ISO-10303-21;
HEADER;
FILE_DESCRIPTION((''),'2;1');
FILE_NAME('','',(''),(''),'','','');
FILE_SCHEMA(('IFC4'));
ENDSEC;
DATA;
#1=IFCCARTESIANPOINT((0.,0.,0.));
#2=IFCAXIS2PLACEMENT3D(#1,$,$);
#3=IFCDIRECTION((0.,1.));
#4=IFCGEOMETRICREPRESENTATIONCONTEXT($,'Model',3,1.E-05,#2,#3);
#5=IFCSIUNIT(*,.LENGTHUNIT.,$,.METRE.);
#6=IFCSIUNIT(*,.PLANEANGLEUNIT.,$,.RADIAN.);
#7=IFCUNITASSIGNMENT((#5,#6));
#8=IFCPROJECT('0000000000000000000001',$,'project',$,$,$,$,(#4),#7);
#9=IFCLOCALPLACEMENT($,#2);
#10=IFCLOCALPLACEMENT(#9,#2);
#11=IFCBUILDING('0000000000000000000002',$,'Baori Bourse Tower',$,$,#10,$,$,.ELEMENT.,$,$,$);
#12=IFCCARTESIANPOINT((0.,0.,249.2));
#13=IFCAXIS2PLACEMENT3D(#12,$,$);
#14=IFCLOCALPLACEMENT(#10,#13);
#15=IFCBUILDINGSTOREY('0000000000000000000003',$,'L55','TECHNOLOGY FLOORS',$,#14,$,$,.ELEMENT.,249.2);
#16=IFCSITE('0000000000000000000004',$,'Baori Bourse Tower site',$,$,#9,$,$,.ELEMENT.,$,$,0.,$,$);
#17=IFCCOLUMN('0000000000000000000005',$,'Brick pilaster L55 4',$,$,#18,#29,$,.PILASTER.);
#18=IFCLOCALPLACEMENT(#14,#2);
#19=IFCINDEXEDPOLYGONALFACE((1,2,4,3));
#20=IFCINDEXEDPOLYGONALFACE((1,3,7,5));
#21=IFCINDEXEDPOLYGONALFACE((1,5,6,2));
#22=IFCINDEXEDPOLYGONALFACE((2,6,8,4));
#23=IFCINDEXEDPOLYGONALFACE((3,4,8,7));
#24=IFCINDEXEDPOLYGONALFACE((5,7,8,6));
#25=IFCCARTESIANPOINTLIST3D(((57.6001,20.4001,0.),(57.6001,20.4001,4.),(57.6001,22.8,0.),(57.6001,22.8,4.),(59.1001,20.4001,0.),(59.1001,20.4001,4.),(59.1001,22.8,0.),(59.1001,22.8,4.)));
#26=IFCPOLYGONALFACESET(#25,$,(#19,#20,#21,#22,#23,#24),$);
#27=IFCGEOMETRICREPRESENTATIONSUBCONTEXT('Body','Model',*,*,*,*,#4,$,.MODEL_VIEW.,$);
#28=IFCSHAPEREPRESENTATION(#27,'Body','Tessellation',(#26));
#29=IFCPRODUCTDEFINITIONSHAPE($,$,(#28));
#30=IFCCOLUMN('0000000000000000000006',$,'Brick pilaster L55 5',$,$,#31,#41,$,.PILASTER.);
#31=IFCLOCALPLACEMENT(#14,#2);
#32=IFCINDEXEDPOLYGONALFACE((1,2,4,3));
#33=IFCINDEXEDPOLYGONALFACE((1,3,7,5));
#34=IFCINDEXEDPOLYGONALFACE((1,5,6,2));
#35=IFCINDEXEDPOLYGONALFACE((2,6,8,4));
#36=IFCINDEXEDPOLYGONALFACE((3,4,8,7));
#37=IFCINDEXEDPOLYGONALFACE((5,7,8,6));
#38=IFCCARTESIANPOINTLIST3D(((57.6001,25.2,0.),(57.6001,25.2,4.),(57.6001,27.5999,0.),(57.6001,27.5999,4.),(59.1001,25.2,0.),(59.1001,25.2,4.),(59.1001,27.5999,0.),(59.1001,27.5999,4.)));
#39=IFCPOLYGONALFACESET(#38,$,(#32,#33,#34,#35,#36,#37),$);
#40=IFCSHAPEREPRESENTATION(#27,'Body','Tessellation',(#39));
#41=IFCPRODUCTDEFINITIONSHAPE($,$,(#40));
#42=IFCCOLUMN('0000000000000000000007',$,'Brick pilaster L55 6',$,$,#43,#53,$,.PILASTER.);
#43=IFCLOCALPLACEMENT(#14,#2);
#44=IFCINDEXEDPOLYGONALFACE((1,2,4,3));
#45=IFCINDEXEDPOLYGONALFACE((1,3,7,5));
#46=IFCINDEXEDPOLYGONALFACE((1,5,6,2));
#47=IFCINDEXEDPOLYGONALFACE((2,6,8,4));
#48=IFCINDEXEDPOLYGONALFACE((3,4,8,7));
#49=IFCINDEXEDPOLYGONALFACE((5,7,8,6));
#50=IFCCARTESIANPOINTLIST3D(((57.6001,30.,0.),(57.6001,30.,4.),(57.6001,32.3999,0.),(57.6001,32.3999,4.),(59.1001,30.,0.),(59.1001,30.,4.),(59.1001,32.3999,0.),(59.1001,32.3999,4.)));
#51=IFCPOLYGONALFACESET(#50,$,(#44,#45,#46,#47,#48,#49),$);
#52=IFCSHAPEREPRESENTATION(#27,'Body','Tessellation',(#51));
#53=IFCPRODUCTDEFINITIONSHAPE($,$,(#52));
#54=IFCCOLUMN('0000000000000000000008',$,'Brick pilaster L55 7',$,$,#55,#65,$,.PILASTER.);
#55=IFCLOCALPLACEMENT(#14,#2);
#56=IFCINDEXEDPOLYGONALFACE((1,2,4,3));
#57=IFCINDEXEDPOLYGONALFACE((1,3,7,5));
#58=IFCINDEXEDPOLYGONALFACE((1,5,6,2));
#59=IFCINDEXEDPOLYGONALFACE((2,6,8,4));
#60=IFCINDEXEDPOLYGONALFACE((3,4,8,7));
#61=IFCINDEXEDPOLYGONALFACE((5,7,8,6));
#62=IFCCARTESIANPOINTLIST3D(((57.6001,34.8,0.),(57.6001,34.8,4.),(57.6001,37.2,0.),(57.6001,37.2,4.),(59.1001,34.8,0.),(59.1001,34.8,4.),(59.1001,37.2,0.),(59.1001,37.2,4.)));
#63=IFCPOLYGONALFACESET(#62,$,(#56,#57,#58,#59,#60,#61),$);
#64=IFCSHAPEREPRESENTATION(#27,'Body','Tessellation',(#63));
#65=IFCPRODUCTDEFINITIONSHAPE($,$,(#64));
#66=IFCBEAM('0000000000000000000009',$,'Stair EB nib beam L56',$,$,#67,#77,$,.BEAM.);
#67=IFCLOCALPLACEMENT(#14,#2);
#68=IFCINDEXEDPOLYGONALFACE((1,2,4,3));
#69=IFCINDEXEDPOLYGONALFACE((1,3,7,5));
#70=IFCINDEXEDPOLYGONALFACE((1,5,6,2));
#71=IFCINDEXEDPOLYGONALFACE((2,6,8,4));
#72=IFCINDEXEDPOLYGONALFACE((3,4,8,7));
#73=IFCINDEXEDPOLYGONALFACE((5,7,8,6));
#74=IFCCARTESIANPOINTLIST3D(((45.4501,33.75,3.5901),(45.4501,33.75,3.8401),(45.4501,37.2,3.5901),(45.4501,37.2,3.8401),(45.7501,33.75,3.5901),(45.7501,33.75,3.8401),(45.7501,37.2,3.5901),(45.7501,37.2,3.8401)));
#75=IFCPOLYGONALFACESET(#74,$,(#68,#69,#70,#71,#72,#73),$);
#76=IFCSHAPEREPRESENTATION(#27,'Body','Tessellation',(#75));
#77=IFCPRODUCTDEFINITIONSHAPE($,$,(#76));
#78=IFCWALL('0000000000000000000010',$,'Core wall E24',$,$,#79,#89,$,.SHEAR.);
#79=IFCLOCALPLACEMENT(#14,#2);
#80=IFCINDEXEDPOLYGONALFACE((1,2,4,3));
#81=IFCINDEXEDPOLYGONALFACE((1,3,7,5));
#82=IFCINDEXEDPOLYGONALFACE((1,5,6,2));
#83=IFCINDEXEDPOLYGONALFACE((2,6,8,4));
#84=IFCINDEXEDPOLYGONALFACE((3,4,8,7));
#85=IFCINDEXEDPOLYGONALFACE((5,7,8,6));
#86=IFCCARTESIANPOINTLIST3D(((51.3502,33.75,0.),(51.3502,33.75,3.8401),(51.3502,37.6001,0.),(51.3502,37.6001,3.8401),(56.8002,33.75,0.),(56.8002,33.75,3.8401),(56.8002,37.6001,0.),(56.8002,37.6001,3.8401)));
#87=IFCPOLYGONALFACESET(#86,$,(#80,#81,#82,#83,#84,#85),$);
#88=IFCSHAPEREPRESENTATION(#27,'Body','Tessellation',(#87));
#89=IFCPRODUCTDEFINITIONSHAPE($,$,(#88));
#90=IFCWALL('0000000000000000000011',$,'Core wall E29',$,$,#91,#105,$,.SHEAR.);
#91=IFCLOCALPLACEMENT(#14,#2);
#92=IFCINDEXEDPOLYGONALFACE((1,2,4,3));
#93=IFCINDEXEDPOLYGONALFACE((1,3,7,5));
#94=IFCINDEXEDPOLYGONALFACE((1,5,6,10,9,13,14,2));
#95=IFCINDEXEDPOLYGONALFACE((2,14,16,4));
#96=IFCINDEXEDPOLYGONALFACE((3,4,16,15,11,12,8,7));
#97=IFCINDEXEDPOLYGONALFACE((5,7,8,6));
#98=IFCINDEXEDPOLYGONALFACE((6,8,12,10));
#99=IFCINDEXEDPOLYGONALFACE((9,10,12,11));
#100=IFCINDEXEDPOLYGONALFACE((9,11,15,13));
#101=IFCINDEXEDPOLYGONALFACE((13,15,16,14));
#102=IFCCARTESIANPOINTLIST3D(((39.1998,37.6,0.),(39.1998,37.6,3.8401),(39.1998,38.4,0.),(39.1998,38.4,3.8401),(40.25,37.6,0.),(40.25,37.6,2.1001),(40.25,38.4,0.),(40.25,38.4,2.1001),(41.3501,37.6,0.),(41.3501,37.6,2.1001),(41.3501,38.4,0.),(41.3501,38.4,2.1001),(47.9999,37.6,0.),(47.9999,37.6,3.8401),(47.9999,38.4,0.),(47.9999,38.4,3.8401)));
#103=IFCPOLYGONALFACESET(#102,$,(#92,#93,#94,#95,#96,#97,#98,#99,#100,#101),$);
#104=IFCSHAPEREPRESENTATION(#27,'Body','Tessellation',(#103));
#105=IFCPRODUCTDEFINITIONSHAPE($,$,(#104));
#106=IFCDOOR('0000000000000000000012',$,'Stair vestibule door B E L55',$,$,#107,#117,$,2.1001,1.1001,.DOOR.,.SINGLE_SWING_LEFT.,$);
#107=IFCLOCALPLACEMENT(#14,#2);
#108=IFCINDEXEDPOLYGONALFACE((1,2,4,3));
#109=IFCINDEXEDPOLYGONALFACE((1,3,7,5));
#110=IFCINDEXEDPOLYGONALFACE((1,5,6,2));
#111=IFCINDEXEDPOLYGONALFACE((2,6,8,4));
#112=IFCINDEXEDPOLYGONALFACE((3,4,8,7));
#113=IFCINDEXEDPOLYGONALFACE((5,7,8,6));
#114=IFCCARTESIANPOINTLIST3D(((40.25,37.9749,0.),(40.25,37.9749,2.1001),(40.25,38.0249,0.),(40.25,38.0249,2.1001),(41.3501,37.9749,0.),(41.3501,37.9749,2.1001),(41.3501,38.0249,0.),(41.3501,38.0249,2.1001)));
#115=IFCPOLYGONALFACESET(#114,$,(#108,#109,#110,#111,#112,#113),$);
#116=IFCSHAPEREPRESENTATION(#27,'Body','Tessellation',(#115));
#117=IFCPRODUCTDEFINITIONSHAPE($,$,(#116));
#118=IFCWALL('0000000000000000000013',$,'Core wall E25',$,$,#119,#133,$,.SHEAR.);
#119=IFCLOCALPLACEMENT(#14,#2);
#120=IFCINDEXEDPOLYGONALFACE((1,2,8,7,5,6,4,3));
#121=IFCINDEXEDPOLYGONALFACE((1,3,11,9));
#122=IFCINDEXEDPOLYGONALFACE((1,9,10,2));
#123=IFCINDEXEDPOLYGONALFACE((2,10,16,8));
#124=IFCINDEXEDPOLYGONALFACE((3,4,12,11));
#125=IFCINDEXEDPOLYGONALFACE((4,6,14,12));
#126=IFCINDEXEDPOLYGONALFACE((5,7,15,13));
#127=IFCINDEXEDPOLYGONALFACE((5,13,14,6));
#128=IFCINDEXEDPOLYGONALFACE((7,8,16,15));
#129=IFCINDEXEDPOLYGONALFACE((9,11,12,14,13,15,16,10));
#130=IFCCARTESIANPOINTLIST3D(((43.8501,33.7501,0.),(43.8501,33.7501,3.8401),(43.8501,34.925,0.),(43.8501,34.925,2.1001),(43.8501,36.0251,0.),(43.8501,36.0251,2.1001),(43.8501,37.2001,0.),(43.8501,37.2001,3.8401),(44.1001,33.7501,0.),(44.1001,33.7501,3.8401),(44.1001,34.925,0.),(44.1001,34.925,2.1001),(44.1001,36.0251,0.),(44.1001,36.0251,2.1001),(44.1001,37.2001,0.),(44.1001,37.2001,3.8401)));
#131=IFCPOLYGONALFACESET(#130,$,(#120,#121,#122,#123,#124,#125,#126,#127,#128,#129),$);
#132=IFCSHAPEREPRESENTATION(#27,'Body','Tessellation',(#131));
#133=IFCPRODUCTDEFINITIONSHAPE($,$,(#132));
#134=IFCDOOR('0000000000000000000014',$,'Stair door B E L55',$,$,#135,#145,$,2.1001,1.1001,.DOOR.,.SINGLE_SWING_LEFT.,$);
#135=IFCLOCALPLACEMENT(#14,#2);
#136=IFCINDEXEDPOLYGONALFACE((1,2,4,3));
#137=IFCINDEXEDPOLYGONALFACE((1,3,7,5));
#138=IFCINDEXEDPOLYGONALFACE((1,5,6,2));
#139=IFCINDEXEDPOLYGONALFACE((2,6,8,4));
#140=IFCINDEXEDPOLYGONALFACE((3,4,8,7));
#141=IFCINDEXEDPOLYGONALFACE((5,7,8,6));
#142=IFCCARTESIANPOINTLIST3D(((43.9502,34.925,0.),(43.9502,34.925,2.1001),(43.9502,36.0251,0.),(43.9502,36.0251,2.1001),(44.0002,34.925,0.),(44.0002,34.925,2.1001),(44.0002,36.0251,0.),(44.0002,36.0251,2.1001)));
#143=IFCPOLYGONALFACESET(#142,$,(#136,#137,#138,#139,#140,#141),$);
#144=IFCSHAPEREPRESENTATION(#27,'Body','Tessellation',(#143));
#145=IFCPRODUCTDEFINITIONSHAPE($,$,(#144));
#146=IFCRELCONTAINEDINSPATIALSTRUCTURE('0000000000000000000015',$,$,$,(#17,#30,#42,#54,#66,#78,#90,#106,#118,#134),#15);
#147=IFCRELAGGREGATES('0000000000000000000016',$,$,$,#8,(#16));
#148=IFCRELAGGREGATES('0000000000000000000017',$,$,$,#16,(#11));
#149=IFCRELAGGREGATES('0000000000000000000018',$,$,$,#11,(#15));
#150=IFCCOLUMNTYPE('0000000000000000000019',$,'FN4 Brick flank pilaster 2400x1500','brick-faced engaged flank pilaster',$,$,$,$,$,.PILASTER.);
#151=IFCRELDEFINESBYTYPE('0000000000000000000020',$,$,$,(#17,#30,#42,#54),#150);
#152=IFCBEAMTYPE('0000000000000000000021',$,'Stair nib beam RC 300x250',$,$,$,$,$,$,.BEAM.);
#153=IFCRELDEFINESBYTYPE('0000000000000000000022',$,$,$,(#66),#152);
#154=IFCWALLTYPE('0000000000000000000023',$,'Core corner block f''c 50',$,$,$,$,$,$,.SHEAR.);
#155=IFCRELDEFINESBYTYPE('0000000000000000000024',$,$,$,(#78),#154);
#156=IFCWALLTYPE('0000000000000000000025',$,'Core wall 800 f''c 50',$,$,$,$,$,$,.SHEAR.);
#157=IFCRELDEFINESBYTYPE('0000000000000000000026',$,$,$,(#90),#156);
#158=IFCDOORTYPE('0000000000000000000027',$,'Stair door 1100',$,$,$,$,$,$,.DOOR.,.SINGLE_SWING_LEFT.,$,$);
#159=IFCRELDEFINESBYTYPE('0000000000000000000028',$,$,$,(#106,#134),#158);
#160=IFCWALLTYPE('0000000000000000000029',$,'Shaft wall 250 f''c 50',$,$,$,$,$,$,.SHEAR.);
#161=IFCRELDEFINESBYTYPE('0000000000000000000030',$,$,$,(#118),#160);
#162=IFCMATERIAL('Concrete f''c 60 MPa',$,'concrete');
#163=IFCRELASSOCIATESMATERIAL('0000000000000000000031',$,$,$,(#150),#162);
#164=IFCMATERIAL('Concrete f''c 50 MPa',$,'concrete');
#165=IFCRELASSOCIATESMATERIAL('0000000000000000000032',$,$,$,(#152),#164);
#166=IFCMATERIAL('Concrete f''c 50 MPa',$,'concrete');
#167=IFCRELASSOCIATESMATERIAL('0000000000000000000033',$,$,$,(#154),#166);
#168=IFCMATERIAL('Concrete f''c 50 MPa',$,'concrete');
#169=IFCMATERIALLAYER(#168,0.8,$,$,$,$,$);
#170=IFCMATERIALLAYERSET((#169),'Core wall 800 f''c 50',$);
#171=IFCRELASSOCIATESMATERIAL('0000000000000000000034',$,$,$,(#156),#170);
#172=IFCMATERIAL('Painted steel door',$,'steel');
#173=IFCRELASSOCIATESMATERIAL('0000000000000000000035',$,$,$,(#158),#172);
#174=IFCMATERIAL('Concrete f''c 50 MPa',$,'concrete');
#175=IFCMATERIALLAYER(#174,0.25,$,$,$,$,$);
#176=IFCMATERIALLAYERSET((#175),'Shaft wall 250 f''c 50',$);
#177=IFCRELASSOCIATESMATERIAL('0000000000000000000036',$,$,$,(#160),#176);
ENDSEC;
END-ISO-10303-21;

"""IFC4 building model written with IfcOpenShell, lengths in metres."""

from ifc_helpers import new_model, si_unit, direction, frame, frame_2d, origin, origin_2d, place, context, subcontext, project, spatial, rectangle, extrude, material, layer, layer_set, material_profile, profile_set, type_object, element, fill, save


model = new_model("IFC4")

# Units and contexts
model_context = context("Model", 3, precision=1e-05, world=origin(), true_north=direction((0.0, 1.0)))
body_context = subcontext(model_context, "Body", "Model", "MODEL_VIEW")
ifc_project = project(units=[si_unit("LENGTHUNIT", "METRE"), si_unit("PLANEANGLEUNIT", "RADIAN")], contexts=[model_context])

# Site, building, storey
site_placement = place(None, origin())
site = spatial("IfcSite", under=ifc_project, at=site_placement, Name="Baori Bourse Tower site", CompositionType="ELEMENT", RefElevation=0.0)
building_placement = place(site_placement, origin())
building = spatial("IfcBuilding", under=site, at=building_placement, Name="Baori Bourse Tower", CompositionType="ELEMENT")
storey_placement = place(building_placement, frame((0.0, 0.0, 249.2)))
storey = spatial("IfcBuildingStorey", under=building, at=storey_placement, Name="L55", Description="TECHNOLOGY FLOORS", CompositionType="ELEMENT", Elevation=249.2)

# Columns
ifc_material_1 = material(Name="Concrete f'c 60 MPa", Category="concrete")
ifc_material_profile_1 = material_profile(ifc_material_1, rectangle(XDim=2.3999, YDim=1.5, at=origin_2d()), Name="RC 2400x1500")
ifc_profile_set_1 = profile_set([ifc_material_profile_1], Name="Concrete f'c 60 MPa")
column_type = type_object("IfcColumnType", Name="FN4 Brick flank pilaster 2400x1500", Description="brick-faced engaged flank pilaster", PredefinedType="PILASTER", material=ifc_profile_set_1)
for number, where, z_axis, x_axis, name in (
    (1, (58.3501, 21.6001, 0.0), (0.0, 0.0, 1.0), (0.0, 1.0, 0.0), "Brick pilaster L55 4"),
    (2, (58.3501, 26.3999, 0.0), (0.0, 0.0, 1.0), (0.0, 1.0, 0.0), "Brick pilaster L55 5"),
    (3, (58.3501, 31.2, 0.0), (0.0, 0.0, 1.0), (0.0, 1.0, 0.0), "Brick pilaster L55 6"),
    (4, (58.3501, 36.0, 0.0), (0.0, 0.0, 1.0), (0.0, 1.0, 0.0), "Brick pilaster L55 7"),
):
    element("IfcColumn", number, at=place(storey_placement, frame(where, z_axis=z_axis, x_axis=x_axis)), inside=storey, type_object=column_type, Name=name, PredefinedType="PILASTER", context=body_context, shape_type="SweptSolid", body=[
        extrude(rectangle(XDim=2.3999, YDim=1.5, at=origin_2d()), origin(), (0.0, 0.0, 1.0), 4.0),
    ])

# Beam
ifc_material_2 = material(Name="Concrete f'c 50 MPa", Category="concrete")
ifc_material_profile_2 = material_profile(ifc_material_2, rectangle(XDim=0.3, YDim=0.25, at=origin_2d()), Name="RC 300x250")
ifc_profile_set_2 = profile_set([ifc_material_profile_2], Name="Concrete f'c 50 MPa")
beam_type = type_object("IfcBeamType", Name="Stair nib beam RC 300x250", PredefinedType="BEAM", material=ifc_profile_set_2)
beam_placement = place(storey_placement, frame((45.6001, 33.75, 3.7151), z_axis=(0.0, 1.0, 0.0), x_axis=(-1.0, 0.0, 0.0)))
element("IfcBeam", 5, at=beam_placement, inside=storey, type_object=beam_type, Name="Stair EB nib beam L56", PredefinedType="BEAM", context=body_context, shape_type="SweptSolid", body=[
    extrude(rectangle(XDim=0.3, YDim=0.25, at=origin_2d()), origin(), (0.0, 0.0, 1.0), 3.45),
])

# Wall
ifc_material_3 = material(Name="Concrete f'c 50 MPa", Category="concrete")
wall_type_1 = type_object("IfcWallType", Name="Core corner block f'c 50", PredefinedType="SHEAR", material=ifc_material_3)
wall_1_placement = place(storey_placement, frame((51.3501, 35.675, 0.0), z_axis=(0.0, 0.0, 1.0), x_axis=(1.0, 0.0, 0.0)))
element("IfcWall", 6, at=wall_1_placement, inside=storey, type_object=wall_type_1, Name="Core wall E24", PredefinedType="SHEAR", context=body_context, shape_type="SweptSolid", body=[
    extrude(rectangle(XDim=5.45, YDim=3.8501, at=frame_2d((2.7251, 0.0))), origin(), (0.0, 0.0, 1.0), 3.8401),
])

# Walls, openings, doors
ifc_material_4 = material(Name="Concrete f'c 50 MPa", Category="concrete")
ifc_layer_1 = layer(ifc_material_4, 0.8)
ifc_layer_set_1 = layer_set([ifc_layer_1], Name="Core wall 800 f'c 50")
wall_type_2 = type_object("IfcWallType", Name="Core wall 800 f'c 50", PredefinedType="SHEAR", material=ifc_layer_set_1)
wall_2_placement = place(storey_placement, frame((39.2, 38.0, 0.0), z_axis=(0.0, 0.0, 1.0), x_axis=(1.0, 0.0, 0.0)))
wall_2 = element("IfcWall", 7, at=wall_2_placement, inside=storey, type_object=wall_type_2, Name="Core wall E29", PredefinedType="SHEAR", context=body_context, shape_type="SweptSolid", body=[
    extrude(rectangle(XDim=8.8, YDim=0.8, at=frame_2d((4.3999, 0.0))), origin(), (0.0, 0.0, 1.0), 3.8401),
])
opening_1_placement = place(wall_2_placement, frame((1.05, 0.0, 0.0)))
opening_1 = element("IfcOpeningElement", 8, at=opening_1_placement, cuts=wall_2, PredefinedType="OPENING", context=body_context, shape_type="SweptSolid", body=[
    extrude(rectangle(XDim=1.1001, YDim=2.1001, at=frame_2d((0.55, 1.05))), frame((0.0, 0.4099, 0.0), z_axis=(0.0, -1.0, 0.0), x_axis=(1.0, 0.0, 0.0)), (0.0, 0.0, 1.0), 0.8201),
])
ifc_material_5 = material(Name="Painted steel door", Category="steel")
door_type_1 = type_object("IfcDoorType", Name="Stair door 1100", OperationType="SINGLE_SWING_LEFT", PredefinedType="DOOR", material=ifc_material_5)
door_1_placement = place(opening_1_placement, origin())
door_1 = element("IfcDoor", 9, at=door_1_placement, inside=storey, type_object=door_type_1, Name="Stair vestibule door B E L55", OperationType="SINGLE_SWING_LEFT", OverallHeight=2.1001, OverallWidth=1.1001, PredefinedType="DOOR", context=body_context, shape_type="SweptSolid", body=[
    extrude(rectangle(XDim=1.1001, YDim=2.1001, at=frame_2d((0.55, 1.05))), frame((0.0, 0.0249, 0.0), z_axis=(0.0, -1.0, 0.0), x_axis=(1.0, 0.0, 0.0)), (0.0, 0.0, 1.0), 0.05),
])
fill(opening_1, door_1)
ifc_material_6 = material(Name="Concrete f'c 50 MPa", Category="concrete")
ifc_layer_2 = layer(ifc_material_6, 0.25)
ifc_layer_set_2 = layer_set([ifc_layer_2], Name="Shaft wall 250 f'c 50")
wall_type_3 = type_object("IfcWallType", Name="Shaft wall 250 f'c 50", PredefinedType="SHEAR", material=ifc_layer_set_2)
wall_3_placement = place(storey_placement, frame((43.9751, 33.75, 0.0), z_axis=(0.0, 0.0, 1.0), x_axis=(0.0, 1.0, 0.0)))
wall_3 = element("IfcWall", 10, at=wall_3_placement, inside=storey, type_object=wall_type_3, Name="Core wall E25", PredefinedType="SHEAR", context=body_context, shape_type="SweptSolid", body=[
    extrude(rectangle(XDim=3.45, YDim=0.25, at=frame_2d((1.7251, 0.0))), origin(), (0.0, 0.0, 1.0), 3.8401),
])
opening_2_placement = place(wall_3_placement, frame((1.175, 0.0, 0.0)))
opening_2 = element("IfcOpeningElement", 11, at=opening_2_placement, cuts=wall_3, PredefinedType="OPENING", context=body_context, shape_type="SweptSolid", body=[
    extrude(rectangle(XDim=1.1001, YDim=2.1001, at=frame_2d((0.55, 1.05))), frame((0.0, 0.135, 0.0), z_axis=(0.0, -1.0, 0.0), x_axis=(1.0, 0.0, 0.0)), (0.0, 0.0, 1.0), 0.27),
])
door_2_placement = place(opening_2_placement, origin())
door_2 = element("IfcDoor", 12, at=door_2_placement, inside=storey, type_object=door_type_1, Name="Stair door B E L55", OperationType="SINGLE_SWING_LEFT", OverallHeight=2.1001, OverallWidth=1.1001, PredefinedType="DOOR", context=body_context, shape_type="SweptSolid", body=[
    extrude(rectangle(XDim=1.1001, YDim=2.1001, at=frame_2d((0.55, 1.05))), frame((0.0, 0.0249, 0.0), z_axis=(0.0, -1.0, 0.0), x_axis=(1.0, 0.0, 0.0)), (0.0, 0.0, 1.0), 0.05),
])
fill(opening_2, door_2)

save(model, "model.ifc")
